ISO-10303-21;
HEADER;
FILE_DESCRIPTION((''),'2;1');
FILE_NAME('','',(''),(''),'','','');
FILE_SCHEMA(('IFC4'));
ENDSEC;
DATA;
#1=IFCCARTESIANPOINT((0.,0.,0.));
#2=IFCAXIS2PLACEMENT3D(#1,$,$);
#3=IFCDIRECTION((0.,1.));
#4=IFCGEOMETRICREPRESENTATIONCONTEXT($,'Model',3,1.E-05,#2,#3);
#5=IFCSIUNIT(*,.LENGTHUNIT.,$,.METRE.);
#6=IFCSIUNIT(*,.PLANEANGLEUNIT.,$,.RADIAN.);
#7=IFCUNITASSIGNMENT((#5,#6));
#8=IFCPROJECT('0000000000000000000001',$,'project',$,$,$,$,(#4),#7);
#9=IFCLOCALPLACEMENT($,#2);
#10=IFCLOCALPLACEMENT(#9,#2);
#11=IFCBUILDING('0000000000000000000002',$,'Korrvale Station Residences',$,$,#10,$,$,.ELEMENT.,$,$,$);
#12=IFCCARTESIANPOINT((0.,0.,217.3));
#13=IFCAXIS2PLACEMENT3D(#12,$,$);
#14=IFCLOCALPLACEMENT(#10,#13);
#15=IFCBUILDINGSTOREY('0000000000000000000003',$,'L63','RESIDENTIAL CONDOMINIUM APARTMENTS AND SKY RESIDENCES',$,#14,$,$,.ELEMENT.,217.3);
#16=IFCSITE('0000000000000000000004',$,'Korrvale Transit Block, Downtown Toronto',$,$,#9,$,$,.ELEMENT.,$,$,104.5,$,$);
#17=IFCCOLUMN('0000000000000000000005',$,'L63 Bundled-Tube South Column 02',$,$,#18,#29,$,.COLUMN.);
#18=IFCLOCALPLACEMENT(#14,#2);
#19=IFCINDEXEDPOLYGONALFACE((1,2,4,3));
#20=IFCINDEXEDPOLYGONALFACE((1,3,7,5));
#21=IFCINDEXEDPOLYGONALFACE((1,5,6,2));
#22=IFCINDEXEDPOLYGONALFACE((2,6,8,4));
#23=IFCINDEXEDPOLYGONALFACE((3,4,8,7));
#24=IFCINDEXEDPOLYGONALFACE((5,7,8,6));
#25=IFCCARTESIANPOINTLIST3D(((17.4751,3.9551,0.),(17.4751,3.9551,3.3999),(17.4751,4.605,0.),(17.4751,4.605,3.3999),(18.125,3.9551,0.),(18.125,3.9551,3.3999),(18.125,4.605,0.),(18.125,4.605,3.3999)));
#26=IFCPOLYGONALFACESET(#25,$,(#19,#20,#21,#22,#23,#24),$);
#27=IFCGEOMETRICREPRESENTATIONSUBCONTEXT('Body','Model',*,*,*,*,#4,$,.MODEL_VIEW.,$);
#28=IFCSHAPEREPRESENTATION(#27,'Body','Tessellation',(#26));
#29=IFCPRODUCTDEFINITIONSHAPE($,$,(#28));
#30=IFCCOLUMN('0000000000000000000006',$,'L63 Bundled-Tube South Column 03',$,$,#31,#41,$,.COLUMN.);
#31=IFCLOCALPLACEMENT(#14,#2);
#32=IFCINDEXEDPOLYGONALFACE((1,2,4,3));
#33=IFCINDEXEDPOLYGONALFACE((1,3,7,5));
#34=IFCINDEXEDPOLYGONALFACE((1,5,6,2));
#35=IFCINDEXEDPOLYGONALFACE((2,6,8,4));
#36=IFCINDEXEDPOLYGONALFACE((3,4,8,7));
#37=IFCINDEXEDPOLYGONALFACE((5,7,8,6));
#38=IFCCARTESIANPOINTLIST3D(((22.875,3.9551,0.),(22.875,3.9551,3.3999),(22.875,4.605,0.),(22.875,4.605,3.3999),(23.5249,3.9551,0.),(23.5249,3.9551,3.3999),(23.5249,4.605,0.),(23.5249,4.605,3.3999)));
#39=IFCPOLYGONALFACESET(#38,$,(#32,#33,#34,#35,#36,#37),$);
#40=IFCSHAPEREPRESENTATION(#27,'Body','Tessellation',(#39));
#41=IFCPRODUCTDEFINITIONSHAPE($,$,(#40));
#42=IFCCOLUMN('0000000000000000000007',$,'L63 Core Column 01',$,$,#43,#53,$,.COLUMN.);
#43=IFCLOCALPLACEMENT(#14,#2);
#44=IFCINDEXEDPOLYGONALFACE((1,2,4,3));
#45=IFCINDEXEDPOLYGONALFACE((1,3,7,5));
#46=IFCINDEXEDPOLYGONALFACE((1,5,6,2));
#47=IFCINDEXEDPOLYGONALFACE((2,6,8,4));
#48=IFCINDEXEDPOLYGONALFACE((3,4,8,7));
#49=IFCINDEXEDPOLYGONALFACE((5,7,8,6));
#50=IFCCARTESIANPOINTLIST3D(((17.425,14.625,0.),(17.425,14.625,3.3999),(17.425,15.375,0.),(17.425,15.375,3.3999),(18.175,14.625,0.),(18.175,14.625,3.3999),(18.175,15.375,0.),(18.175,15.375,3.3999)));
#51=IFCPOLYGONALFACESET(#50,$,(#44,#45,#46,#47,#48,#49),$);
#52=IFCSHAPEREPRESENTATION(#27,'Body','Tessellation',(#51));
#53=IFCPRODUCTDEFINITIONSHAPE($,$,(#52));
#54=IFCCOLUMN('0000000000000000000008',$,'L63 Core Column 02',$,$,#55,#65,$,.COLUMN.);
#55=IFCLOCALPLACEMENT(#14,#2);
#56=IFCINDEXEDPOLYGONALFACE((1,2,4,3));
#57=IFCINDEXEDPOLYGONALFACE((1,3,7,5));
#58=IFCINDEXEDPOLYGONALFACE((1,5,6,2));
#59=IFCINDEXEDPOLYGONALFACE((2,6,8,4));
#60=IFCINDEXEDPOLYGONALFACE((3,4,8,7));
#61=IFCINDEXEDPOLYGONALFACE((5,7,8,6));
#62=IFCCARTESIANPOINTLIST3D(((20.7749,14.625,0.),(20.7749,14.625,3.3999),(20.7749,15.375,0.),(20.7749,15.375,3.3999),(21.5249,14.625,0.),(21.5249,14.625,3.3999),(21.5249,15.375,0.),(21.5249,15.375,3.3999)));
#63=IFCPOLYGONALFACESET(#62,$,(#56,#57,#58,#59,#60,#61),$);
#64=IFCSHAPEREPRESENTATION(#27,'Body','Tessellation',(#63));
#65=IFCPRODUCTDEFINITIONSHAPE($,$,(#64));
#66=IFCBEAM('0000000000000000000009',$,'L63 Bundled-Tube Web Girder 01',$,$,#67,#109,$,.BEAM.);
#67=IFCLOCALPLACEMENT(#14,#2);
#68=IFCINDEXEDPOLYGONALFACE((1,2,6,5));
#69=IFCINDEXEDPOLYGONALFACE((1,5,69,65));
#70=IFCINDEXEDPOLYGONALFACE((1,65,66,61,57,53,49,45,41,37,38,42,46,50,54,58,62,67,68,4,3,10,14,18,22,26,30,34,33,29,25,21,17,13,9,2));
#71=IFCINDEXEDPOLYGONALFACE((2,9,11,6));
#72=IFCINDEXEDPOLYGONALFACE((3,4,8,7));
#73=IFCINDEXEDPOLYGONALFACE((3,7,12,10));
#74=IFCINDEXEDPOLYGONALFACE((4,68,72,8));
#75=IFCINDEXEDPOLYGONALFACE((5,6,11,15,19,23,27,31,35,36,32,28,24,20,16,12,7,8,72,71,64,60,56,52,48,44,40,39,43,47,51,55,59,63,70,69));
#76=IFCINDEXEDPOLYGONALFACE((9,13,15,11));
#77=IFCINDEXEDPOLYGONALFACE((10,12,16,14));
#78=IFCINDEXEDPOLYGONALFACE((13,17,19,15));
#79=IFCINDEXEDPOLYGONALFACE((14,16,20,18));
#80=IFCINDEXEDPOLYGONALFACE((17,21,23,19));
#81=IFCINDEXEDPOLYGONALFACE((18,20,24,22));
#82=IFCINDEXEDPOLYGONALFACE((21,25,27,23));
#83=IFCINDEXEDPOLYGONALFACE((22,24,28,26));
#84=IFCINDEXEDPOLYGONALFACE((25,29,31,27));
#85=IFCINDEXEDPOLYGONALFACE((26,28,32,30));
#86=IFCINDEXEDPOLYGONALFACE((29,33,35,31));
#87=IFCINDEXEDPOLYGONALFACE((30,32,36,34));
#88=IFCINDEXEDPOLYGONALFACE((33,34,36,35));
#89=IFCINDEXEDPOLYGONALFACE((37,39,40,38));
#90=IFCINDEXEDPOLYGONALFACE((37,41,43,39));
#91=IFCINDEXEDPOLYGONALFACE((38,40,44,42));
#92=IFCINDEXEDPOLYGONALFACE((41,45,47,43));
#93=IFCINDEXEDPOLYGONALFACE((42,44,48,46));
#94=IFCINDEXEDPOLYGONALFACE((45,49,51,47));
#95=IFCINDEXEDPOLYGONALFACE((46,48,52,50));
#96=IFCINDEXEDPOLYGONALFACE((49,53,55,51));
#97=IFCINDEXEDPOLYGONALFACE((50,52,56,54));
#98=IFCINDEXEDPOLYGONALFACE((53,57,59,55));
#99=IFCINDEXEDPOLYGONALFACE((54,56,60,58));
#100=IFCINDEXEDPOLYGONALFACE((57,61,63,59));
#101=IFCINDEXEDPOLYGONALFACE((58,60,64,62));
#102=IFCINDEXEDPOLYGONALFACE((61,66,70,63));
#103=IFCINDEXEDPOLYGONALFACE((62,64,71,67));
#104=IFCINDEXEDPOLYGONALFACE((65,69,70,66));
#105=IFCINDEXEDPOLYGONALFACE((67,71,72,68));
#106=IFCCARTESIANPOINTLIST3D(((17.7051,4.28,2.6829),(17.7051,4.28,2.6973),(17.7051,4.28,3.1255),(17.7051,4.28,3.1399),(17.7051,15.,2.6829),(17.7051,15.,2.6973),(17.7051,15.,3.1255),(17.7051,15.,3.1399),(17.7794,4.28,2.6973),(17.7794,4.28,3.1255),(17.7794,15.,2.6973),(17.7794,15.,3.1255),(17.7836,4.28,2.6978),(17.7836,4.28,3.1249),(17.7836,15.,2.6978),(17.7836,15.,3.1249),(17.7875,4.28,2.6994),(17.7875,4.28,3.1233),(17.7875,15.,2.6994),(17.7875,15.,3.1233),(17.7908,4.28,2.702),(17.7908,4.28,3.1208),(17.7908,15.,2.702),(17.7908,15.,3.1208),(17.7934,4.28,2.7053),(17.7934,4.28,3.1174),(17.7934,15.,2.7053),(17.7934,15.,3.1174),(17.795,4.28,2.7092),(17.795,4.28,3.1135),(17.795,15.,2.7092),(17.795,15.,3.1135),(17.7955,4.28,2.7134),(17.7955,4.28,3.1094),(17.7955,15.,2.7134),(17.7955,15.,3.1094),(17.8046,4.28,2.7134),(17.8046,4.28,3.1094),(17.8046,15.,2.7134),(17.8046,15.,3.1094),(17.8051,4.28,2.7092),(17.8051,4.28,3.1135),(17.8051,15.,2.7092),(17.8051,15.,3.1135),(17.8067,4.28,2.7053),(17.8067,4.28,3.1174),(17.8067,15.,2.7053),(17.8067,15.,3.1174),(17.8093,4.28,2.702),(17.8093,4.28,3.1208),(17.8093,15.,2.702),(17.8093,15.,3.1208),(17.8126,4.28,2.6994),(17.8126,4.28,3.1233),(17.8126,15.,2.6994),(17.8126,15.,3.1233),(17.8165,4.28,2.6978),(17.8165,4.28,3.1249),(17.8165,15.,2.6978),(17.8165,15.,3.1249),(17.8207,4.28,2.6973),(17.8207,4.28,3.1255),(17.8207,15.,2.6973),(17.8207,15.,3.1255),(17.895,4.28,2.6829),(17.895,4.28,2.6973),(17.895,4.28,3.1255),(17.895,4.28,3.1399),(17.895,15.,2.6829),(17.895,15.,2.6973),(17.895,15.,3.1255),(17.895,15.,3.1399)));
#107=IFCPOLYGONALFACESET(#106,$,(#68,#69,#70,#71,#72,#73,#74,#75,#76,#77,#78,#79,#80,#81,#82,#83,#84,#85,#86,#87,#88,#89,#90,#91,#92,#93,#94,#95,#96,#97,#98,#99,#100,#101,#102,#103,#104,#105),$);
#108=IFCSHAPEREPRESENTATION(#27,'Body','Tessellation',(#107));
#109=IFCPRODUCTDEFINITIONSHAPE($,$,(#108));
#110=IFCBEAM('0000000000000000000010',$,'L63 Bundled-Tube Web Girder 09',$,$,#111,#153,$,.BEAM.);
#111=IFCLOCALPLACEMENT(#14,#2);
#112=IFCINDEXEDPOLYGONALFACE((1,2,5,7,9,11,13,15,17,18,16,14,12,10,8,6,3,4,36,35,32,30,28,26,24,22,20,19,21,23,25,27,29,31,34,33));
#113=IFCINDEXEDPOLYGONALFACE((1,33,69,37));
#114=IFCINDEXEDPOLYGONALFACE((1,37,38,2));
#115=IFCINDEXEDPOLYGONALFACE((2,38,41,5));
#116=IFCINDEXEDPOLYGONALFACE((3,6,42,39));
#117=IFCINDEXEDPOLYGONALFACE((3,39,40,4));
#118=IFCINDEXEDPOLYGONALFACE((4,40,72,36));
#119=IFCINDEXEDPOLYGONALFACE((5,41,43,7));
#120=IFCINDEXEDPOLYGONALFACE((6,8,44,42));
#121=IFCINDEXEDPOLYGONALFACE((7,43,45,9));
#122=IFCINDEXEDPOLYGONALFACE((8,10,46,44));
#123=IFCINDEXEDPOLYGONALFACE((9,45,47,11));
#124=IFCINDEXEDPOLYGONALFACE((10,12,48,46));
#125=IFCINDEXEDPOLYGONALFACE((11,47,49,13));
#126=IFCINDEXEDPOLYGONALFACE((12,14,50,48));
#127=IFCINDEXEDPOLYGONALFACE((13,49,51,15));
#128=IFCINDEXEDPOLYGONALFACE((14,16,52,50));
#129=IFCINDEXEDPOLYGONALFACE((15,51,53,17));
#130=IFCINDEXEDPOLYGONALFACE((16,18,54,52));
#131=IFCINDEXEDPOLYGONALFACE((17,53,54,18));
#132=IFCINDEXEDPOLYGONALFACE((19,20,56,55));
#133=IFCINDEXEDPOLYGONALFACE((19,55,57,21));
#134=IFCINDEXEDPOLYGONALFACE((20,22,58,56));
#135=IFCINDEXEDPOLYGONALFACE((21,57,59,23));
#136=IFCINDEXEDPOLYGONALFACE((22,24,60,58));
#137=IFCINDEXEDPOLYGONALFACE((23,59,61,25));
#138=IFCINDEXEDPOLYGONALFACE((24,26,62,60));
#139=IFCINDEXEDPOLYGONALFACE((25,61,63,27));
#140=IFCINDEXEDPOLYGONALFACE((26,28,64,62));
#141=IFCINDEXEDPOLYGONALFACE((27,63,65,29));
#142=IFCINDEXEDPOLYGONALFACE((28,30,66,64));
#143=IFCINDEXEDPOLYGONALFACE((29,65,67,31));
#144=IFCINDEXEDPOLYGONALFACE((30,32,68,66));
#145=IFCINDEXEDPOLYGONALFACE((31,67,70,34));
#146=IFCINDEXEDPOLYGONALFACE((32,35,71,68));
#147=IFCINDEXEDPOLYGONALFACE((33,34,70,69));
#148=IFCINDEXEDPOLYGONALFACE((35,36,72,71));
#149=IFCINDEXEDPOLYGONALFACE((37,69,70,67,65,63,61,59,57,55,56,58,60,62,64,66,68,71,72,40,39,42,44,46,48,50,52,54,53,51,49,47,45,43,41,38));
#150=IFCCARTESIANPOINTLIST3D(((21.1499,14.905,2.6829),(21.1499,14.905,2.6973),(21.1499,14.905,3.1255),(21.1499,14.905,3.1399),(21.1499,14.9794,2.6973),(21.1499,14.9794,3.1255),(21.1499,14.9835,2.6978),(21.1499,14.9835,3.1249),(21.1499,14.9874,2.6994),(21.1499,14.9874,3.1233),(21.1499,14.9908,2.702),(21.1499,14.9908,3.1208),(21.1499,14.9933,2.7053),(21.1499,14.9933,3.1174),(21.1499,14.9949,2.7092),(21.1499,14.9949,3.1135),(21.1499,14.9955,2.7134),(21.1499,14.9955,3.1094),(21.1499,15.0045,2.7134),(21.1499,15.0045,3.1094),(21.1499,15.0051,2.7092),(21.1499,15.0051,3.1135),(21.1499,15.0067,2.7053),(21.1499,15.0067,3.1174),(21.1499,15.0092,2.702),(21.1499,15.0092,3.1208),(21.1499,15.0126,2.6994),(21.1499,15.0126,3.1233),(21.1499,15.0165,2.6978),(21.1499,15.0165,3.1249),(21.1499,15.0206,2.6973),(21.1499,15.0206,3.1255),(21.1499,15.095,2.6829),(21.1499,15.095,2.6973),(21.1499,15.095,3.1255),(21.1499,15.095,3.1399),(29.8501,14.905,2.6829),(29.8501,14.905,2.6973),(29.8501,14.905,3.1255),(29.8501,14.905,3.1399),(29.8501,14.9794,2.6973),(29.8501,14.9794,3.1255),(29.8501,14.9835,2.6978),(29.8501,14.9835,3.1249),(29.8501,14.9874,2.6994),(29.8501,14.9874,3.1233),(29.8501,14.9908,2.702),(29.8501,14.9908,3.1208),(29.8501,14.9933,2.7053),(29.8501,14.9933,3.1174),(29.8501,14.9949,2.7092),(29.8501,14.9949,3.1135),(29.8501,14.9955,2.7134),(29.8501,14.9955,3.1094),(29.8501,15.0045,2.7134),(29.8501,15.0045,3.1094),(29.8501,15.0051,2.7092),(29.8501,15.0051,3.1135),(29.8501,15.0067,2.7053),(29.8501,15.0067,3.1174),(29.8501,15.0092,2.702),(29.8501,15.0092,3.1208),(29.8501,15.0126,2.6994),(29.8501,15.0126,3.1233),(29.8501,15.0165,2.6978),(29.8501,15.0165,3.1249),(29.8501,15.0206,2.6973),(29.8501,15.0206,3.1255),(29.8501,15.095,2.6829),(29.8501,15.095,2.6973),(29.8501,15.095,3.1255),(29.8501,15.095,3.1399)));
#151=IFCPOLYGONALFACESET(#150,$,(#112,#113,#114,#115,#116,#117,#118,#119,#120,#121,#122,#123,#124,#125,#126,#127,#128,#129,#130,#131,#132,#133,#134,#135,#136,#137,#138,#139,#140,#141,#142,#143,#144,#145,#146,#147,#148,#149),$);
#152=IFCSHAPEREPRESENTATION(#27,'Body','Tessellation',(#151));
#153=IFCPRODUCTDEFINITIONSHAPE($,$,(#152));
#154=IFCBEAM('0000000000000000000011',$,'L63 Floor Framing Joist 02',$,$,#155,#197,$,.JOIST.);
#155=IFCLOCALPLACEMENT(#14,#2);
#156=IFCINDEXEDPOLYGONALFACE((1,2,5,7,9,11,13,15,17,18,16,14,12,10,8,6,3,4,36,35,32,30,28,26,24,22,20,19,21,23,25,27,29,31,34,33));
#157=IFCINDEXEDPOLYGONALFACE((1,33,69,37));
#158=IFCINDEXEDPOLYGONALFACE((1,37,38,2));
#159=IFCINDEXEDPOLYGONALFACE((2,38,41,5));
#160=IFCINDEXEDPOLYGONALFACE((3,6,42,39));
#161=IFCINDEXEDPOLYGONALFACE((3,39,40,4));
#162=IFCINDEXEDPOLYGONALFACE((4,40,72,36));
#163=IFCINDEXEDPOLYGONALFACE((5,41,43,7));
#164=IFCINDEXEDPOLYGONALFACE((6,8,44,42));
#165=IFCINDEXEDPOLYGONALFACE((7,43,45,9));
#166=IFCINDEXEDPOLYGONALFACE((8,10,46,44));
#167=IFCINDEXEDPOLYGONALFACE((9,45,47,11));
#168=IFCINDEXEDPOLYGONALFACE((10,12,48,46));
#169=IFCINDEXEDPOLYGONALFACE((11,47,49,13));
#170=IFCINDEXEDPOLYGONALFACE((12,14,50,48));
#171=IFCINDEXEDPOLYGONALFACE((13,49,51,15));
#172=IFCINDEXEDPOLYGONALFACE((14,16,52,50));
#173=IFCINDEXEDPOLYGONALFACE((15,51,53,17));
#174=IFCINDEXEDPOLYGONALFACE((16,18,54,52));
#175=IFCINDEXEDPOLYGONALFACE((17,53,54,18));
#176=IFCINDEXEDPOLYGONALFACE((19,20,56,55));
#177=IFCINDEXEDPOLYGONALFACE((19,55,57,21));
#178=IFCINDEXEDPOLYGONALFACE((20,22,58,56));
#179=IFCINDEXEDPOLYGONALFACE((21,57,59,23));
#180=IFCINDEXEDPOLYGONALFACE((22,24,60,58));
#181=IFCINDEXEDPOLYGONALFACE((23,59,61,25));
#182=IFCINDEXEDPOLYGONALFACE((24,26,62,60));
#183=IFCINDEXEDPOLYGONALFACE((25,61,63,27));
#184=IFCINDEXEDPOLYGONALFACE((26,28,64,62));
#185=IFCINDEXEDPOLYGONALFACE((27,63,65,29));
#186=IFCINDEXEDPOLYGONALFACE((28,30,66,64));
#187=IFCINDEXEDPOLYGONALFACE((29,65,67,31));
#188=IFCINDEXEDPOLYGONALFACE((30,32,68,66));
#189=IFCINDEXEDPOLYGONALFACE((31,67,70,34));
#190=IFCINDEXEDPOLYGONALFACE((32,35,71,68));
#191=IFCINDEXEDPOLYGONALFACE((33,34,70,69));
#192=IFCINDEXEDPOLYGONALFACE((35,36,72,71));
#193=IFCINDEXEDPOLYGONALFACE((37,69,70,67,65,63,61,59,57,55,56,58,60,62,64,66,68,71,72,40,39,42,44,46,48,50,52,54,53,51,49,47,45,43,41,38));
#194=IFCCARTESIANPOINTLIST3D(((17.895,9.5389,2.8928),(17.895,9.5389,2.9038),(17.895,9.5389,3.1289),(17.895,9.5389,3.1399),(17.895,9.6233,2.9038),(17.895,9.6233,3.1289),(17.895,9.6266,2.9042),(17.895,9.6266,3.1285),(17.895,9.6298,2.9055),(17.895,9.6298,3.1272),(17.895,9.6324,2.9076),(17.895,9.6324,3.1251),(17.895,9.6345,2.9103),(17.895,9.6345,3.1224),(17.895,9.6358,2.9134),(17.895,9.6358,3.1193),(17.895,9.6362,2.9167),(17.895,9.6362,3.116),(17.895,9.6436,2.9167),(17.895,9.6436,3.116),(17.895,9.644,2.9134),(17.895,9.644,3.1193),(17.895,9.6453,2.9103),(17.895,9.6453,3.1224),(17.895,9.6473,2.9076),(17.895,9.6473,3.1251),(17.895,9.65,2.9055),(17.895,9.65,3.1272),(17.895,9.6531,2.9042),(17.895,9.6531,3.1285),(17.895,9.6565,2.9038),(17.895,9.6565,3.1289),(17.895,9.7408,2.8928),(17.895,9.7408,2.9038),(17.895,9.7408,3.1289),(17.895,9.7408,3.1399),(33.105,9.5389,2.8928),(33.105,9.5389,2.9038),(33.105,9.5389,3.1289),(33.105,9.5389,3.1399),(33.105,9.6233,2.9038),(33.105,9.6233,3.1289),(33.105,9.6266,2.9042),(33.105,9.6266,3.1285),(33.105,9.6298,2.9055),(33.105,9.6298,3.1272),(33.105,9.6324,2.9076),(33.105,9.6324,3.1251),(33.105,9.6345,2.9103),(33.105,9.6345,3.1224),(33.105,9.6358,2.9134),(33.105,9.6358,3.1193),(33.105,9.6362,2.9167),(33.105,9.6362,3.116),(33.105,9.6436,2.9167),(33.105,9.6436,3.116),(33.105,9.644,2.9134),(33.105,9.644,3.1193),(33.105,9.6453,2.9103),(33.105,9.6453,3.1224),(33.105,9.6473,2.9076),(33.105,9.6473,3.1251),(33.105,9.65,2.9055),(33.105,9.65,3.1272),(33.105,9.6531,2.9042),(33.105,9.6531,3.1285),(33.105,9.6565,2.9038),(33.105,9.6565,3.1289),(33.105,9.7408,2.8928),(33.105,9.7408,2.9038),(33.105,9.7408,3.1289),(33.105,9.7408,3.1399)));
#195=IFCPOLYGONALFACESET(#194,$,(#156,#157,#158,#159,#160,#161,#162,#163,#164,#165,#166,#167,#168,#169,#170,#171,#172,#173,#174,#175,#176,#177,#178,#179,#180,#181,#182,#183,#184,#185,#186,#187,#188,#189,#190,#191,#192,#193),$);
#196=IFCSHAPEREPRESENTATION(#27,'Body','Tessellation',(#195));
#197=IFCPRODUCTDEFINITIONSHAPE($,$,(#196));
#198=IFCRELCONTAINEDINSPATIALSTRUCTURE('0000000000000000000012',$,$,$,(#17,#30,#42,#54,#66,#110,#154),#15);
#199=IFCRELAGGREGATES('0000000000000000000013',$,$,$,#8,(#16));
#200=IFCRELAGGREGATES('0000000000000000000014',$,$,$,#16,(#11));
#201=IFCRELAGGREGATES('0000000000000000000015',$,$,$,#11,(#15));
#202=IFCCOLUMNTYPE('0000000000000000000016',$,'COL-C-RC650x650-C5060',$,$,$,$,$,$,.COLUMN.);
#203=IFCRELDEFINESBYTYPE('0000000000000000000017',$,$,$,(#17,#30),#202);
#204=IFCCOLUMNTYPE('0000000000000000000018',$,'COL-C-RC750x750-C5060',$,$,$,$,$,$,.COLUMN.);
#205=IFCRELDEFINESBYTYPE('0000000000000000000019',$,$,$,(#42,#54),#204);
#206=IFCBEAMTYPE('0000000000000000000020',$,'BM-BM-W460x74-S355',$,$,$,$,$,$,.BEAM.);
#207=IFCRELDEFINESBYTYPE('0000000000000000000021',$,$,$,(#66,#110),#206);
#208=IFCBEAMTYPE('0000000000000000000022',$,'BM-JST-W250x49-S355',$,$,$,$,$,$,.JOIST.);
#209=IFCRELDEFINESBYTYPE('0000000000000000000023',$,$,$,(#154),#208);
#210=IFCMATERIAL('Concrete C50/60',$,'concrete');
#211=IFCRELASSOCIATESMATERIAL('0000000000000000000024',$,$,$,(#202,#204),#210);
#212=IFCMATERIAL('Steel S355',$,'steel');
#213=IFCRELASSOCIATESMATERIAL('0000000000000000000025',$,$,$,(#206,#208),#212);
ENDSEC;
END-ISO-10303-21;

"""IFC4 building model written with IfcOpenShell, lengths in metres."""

from ifc_helpers import new_model, si_unit, direction, frame, origin, origin_2d, place, context, subcontext, project, spatial, rectangle, i_section, extrude, material, material_profile, profile_set, type_object, element, save


model = new_model("IFC4")

# Units and contexts
model_context = context("Model", 3, precision=1e-05, world=origin(), true_north=direction((0.0, 1.0)))
body_context = subcontext(model_context, "Body", "Model", "MODEL_VIEW")
ifc_project = project(units=[si_unit("LENGTHUNIT", "METRE"), si_unit("PLANEANGLEUNIT", "RADIAN")], contexts=[model_context])

# Site, building, storey
site_placement = place(None, origin())
site = spatial("IfcSite", under=ifc_project, at=site_placement, Name="Korrvale Transit Block, Downtown Toronto", CompositionType="ELEMENT", RefElevation=104.5)
building_placement = place(site_placement, origin())
building = spatial("IfcBuilding", under=site, at=building_placement, Name="Korrvale Station Residences", CompositionType="ELEMENT")
storey_placement = place(building_placement, frame((0.0, 0.0, 217.3)))
storey = spatial("IfcBuildingStorey", under=building, at=storey_placement, Name="L63", Description="RESIDENTIAL CONDOMINIUM APARTMENTS AND SKY RESIDENCES", CompositionType="ELEMENT", Elevation=217.3)

# Columns
ifc_material_1 = material(Name="Concrete C50/60", Category="concrete")
ifc_material_profile_1 = material_profile(ifc_material_1, rectangle(XDim=0.6499, YDim=0.6499, at=origin_2d()), Name="RC650x650")
ifc_profile_set_1 = profile_set([ifc_material_profile_1], Name="Concrete C50/60")
column_type_1 = type_object("IfcColumnType", Name="COL-C-RC650x650-C5060", PredefinedType="COLUMN", material=ifc_profile_set_1)
for number, where, z_axis, x_axis, name in (
    (1, (17.8, 4.28, 0.0), (0.0, 0.0, 1.0), (1.0, 0.0, 0.0), "L63 Bundled-Tube South Column 02"),
    (2, (23.2, 4.28, 0.0), (0.0, 0.0, 1.0), (1.0, 0.0, 0.0), "L63 Bundled-Tube South Column 03"),
):
    element("IfcColumn", number, at=place(storey_placement, frame(where, z_axis=z_axis, x_axis=x_axis)), inside=storey, type_object=column_type_1, Name=name, PredefinedType="COLUMN", context=body_context, shape_type="SweptSolid", body=[
        extrude(rectangle(XDim=0.6499, YDim=0.6499, at=origin_2d()), origin(), (0.0, 0.0, 1.0), 3.3999),
    ])
ifc_material_profile_2 = material_profile(ifc_material_1, rectangle(XDim=0.75, YDim=0.75, at=origin_2d()), Name="RC750x750")
ifc_profile_set_2 = profile_set([ifc_material_profile_2], Name="Concrete C50/60")
column_type_2 = type_object("IfcColumnType", Name="COL-C-RC750x750-C5060", PredefinedType="COLUMN", material=ifc_profile_set_2)
for number, where, z_axis, x_axis, name in (
    (3, (17.8, 15.0, 0.0), (0.0, 0.0, 1.0), (1.0, 0.0, 0.0), "L63 Core Column 01"),
    (4, (21.1499, 15.0, 0.0), (0.0, 0.0, 1.0), (1.0, 0.0, 0.0), "L63 Core Column 02"),
):
    element("IfcColumn", number, at=place(storey_placement, frame(where, z_axis=z_axis, x_axis=x_axis)), inside=storey, type_object=column_type_2, Name=name, PredefinedType="COLUMN", context=body_context, shape_type="SweptSolid", body=[
        extrude(rectangle(XDim=0.75, YDim=0.75, at=origin_2d()), origin(), (0.0, 0.0, 1.0), 3.3999),
    ])

# Beams
ifc_material_2 = material(Name="Steel S355", Category="steel")
ifc_material_profile_3 = material_profile(ifc_material_2, i_section(OverallWidth=0.1899, OverallDepth=0.457, WebThickness=0.009, FlangeThickness=0.0144, FilletRadius=0.0161, at=origin_2d()), Name="W460x74")
ifc_profile_set_3 = profile_set([ifc_material_profile_3], Name="Steel S355")
beam_type_1 = type_object("IfcBeamType", Name="BM-BM-W460x74-S355", PredefinedType="BEAM", material=ifc_profile_set_3)
beam_1_placement = place(storey_placement, frame((17.8, 4.28, 2.9114), z_axis=(0.0, 1.0, 0.0), x_axis=(-1.0, 0.0, 0.0)))
element("IfcBeam", 5, at=beam_1_placement, inside=storey, type_object=beam_type_1, Name="L63 Bundled-Tube Web Girder 01", PredefinedType="BEAM", context=body_context, shape_type="SweptSolid", body=[
    extrude(i_section(OverallWidth=0.1899, OverallDepth=0.457, WebThickness=0.009, FlangeThickness=0.0144, FilletRadius=0.0161, at=origin_2d()), origin(), (0.0, 0.0, 1.0), 10.72),
])
beam_2_placement = place(storey_placement, frame((21.1499, 15.0, 2.9114), z_axis=(1.0, 0.0, 0.0), x_axis=(0.0, 1.0, 0.0)))
element("IfcBeam", 6, at=beam_2_placement, inside=storey, type_object=beam_type_1, Name="L63 Bundled-Tube Web Girder 09", PredefinedType="BEAM", context=body_context, shape_type="SweptSolid", body=[
    extrude(i_section(OverallWidth=0.1899, OverallDepth=0.457, WebThickness=0.009, FlangeThickness=0.0144, FilletRadius=0.0161, at=origin_2d()), origin(), (0.0, 0.0, 1.0), 8.7002),
])
ifc_material_profile_4 = material_profile(ifc_material_2, i_section(OverallWidth=0.2019, OverallDepth=0.2471, WebThickness=0.0073, FlangeThickness=0.011, FilletRadius=0.0129, at=origin_2d()), Name="W250x49")
ifc_profile_set_4 = profile_set([ifc_material_profile_4], Name="Steel S355")
beam_type_2 = type_object("IfcBeamType", Name="BM-JST-W250x49-S355", PredefinedType="JOIST", material=ifc_profile_set_4)
beam_3_placement = place(storey_placement, frame((17.895, 9.6399, 3.0164), z_axis=(1.0, 0.0, 0.0), x_axis=(0.0, 1.0, 0.0)))
element("IfcBeam", 7, at=beam_3_placement, inside=storey, type_object=beam_type_2, Name="L63 Floor Framing Joist 02", PredefinedType="JOIST", context=body_context, shape_type="SweptSolid", body=[
    extrude(i_section(OverallWidth=0.2019, OverallDepth=0.2471, WebThickness=0.0073, FlangeThickness=0.011, FilletRadius=0.0129, at=origin_2d()), origin(), (0.0, 0.0, 1.0), 15.21),
])

save(model, "model.ifc")
